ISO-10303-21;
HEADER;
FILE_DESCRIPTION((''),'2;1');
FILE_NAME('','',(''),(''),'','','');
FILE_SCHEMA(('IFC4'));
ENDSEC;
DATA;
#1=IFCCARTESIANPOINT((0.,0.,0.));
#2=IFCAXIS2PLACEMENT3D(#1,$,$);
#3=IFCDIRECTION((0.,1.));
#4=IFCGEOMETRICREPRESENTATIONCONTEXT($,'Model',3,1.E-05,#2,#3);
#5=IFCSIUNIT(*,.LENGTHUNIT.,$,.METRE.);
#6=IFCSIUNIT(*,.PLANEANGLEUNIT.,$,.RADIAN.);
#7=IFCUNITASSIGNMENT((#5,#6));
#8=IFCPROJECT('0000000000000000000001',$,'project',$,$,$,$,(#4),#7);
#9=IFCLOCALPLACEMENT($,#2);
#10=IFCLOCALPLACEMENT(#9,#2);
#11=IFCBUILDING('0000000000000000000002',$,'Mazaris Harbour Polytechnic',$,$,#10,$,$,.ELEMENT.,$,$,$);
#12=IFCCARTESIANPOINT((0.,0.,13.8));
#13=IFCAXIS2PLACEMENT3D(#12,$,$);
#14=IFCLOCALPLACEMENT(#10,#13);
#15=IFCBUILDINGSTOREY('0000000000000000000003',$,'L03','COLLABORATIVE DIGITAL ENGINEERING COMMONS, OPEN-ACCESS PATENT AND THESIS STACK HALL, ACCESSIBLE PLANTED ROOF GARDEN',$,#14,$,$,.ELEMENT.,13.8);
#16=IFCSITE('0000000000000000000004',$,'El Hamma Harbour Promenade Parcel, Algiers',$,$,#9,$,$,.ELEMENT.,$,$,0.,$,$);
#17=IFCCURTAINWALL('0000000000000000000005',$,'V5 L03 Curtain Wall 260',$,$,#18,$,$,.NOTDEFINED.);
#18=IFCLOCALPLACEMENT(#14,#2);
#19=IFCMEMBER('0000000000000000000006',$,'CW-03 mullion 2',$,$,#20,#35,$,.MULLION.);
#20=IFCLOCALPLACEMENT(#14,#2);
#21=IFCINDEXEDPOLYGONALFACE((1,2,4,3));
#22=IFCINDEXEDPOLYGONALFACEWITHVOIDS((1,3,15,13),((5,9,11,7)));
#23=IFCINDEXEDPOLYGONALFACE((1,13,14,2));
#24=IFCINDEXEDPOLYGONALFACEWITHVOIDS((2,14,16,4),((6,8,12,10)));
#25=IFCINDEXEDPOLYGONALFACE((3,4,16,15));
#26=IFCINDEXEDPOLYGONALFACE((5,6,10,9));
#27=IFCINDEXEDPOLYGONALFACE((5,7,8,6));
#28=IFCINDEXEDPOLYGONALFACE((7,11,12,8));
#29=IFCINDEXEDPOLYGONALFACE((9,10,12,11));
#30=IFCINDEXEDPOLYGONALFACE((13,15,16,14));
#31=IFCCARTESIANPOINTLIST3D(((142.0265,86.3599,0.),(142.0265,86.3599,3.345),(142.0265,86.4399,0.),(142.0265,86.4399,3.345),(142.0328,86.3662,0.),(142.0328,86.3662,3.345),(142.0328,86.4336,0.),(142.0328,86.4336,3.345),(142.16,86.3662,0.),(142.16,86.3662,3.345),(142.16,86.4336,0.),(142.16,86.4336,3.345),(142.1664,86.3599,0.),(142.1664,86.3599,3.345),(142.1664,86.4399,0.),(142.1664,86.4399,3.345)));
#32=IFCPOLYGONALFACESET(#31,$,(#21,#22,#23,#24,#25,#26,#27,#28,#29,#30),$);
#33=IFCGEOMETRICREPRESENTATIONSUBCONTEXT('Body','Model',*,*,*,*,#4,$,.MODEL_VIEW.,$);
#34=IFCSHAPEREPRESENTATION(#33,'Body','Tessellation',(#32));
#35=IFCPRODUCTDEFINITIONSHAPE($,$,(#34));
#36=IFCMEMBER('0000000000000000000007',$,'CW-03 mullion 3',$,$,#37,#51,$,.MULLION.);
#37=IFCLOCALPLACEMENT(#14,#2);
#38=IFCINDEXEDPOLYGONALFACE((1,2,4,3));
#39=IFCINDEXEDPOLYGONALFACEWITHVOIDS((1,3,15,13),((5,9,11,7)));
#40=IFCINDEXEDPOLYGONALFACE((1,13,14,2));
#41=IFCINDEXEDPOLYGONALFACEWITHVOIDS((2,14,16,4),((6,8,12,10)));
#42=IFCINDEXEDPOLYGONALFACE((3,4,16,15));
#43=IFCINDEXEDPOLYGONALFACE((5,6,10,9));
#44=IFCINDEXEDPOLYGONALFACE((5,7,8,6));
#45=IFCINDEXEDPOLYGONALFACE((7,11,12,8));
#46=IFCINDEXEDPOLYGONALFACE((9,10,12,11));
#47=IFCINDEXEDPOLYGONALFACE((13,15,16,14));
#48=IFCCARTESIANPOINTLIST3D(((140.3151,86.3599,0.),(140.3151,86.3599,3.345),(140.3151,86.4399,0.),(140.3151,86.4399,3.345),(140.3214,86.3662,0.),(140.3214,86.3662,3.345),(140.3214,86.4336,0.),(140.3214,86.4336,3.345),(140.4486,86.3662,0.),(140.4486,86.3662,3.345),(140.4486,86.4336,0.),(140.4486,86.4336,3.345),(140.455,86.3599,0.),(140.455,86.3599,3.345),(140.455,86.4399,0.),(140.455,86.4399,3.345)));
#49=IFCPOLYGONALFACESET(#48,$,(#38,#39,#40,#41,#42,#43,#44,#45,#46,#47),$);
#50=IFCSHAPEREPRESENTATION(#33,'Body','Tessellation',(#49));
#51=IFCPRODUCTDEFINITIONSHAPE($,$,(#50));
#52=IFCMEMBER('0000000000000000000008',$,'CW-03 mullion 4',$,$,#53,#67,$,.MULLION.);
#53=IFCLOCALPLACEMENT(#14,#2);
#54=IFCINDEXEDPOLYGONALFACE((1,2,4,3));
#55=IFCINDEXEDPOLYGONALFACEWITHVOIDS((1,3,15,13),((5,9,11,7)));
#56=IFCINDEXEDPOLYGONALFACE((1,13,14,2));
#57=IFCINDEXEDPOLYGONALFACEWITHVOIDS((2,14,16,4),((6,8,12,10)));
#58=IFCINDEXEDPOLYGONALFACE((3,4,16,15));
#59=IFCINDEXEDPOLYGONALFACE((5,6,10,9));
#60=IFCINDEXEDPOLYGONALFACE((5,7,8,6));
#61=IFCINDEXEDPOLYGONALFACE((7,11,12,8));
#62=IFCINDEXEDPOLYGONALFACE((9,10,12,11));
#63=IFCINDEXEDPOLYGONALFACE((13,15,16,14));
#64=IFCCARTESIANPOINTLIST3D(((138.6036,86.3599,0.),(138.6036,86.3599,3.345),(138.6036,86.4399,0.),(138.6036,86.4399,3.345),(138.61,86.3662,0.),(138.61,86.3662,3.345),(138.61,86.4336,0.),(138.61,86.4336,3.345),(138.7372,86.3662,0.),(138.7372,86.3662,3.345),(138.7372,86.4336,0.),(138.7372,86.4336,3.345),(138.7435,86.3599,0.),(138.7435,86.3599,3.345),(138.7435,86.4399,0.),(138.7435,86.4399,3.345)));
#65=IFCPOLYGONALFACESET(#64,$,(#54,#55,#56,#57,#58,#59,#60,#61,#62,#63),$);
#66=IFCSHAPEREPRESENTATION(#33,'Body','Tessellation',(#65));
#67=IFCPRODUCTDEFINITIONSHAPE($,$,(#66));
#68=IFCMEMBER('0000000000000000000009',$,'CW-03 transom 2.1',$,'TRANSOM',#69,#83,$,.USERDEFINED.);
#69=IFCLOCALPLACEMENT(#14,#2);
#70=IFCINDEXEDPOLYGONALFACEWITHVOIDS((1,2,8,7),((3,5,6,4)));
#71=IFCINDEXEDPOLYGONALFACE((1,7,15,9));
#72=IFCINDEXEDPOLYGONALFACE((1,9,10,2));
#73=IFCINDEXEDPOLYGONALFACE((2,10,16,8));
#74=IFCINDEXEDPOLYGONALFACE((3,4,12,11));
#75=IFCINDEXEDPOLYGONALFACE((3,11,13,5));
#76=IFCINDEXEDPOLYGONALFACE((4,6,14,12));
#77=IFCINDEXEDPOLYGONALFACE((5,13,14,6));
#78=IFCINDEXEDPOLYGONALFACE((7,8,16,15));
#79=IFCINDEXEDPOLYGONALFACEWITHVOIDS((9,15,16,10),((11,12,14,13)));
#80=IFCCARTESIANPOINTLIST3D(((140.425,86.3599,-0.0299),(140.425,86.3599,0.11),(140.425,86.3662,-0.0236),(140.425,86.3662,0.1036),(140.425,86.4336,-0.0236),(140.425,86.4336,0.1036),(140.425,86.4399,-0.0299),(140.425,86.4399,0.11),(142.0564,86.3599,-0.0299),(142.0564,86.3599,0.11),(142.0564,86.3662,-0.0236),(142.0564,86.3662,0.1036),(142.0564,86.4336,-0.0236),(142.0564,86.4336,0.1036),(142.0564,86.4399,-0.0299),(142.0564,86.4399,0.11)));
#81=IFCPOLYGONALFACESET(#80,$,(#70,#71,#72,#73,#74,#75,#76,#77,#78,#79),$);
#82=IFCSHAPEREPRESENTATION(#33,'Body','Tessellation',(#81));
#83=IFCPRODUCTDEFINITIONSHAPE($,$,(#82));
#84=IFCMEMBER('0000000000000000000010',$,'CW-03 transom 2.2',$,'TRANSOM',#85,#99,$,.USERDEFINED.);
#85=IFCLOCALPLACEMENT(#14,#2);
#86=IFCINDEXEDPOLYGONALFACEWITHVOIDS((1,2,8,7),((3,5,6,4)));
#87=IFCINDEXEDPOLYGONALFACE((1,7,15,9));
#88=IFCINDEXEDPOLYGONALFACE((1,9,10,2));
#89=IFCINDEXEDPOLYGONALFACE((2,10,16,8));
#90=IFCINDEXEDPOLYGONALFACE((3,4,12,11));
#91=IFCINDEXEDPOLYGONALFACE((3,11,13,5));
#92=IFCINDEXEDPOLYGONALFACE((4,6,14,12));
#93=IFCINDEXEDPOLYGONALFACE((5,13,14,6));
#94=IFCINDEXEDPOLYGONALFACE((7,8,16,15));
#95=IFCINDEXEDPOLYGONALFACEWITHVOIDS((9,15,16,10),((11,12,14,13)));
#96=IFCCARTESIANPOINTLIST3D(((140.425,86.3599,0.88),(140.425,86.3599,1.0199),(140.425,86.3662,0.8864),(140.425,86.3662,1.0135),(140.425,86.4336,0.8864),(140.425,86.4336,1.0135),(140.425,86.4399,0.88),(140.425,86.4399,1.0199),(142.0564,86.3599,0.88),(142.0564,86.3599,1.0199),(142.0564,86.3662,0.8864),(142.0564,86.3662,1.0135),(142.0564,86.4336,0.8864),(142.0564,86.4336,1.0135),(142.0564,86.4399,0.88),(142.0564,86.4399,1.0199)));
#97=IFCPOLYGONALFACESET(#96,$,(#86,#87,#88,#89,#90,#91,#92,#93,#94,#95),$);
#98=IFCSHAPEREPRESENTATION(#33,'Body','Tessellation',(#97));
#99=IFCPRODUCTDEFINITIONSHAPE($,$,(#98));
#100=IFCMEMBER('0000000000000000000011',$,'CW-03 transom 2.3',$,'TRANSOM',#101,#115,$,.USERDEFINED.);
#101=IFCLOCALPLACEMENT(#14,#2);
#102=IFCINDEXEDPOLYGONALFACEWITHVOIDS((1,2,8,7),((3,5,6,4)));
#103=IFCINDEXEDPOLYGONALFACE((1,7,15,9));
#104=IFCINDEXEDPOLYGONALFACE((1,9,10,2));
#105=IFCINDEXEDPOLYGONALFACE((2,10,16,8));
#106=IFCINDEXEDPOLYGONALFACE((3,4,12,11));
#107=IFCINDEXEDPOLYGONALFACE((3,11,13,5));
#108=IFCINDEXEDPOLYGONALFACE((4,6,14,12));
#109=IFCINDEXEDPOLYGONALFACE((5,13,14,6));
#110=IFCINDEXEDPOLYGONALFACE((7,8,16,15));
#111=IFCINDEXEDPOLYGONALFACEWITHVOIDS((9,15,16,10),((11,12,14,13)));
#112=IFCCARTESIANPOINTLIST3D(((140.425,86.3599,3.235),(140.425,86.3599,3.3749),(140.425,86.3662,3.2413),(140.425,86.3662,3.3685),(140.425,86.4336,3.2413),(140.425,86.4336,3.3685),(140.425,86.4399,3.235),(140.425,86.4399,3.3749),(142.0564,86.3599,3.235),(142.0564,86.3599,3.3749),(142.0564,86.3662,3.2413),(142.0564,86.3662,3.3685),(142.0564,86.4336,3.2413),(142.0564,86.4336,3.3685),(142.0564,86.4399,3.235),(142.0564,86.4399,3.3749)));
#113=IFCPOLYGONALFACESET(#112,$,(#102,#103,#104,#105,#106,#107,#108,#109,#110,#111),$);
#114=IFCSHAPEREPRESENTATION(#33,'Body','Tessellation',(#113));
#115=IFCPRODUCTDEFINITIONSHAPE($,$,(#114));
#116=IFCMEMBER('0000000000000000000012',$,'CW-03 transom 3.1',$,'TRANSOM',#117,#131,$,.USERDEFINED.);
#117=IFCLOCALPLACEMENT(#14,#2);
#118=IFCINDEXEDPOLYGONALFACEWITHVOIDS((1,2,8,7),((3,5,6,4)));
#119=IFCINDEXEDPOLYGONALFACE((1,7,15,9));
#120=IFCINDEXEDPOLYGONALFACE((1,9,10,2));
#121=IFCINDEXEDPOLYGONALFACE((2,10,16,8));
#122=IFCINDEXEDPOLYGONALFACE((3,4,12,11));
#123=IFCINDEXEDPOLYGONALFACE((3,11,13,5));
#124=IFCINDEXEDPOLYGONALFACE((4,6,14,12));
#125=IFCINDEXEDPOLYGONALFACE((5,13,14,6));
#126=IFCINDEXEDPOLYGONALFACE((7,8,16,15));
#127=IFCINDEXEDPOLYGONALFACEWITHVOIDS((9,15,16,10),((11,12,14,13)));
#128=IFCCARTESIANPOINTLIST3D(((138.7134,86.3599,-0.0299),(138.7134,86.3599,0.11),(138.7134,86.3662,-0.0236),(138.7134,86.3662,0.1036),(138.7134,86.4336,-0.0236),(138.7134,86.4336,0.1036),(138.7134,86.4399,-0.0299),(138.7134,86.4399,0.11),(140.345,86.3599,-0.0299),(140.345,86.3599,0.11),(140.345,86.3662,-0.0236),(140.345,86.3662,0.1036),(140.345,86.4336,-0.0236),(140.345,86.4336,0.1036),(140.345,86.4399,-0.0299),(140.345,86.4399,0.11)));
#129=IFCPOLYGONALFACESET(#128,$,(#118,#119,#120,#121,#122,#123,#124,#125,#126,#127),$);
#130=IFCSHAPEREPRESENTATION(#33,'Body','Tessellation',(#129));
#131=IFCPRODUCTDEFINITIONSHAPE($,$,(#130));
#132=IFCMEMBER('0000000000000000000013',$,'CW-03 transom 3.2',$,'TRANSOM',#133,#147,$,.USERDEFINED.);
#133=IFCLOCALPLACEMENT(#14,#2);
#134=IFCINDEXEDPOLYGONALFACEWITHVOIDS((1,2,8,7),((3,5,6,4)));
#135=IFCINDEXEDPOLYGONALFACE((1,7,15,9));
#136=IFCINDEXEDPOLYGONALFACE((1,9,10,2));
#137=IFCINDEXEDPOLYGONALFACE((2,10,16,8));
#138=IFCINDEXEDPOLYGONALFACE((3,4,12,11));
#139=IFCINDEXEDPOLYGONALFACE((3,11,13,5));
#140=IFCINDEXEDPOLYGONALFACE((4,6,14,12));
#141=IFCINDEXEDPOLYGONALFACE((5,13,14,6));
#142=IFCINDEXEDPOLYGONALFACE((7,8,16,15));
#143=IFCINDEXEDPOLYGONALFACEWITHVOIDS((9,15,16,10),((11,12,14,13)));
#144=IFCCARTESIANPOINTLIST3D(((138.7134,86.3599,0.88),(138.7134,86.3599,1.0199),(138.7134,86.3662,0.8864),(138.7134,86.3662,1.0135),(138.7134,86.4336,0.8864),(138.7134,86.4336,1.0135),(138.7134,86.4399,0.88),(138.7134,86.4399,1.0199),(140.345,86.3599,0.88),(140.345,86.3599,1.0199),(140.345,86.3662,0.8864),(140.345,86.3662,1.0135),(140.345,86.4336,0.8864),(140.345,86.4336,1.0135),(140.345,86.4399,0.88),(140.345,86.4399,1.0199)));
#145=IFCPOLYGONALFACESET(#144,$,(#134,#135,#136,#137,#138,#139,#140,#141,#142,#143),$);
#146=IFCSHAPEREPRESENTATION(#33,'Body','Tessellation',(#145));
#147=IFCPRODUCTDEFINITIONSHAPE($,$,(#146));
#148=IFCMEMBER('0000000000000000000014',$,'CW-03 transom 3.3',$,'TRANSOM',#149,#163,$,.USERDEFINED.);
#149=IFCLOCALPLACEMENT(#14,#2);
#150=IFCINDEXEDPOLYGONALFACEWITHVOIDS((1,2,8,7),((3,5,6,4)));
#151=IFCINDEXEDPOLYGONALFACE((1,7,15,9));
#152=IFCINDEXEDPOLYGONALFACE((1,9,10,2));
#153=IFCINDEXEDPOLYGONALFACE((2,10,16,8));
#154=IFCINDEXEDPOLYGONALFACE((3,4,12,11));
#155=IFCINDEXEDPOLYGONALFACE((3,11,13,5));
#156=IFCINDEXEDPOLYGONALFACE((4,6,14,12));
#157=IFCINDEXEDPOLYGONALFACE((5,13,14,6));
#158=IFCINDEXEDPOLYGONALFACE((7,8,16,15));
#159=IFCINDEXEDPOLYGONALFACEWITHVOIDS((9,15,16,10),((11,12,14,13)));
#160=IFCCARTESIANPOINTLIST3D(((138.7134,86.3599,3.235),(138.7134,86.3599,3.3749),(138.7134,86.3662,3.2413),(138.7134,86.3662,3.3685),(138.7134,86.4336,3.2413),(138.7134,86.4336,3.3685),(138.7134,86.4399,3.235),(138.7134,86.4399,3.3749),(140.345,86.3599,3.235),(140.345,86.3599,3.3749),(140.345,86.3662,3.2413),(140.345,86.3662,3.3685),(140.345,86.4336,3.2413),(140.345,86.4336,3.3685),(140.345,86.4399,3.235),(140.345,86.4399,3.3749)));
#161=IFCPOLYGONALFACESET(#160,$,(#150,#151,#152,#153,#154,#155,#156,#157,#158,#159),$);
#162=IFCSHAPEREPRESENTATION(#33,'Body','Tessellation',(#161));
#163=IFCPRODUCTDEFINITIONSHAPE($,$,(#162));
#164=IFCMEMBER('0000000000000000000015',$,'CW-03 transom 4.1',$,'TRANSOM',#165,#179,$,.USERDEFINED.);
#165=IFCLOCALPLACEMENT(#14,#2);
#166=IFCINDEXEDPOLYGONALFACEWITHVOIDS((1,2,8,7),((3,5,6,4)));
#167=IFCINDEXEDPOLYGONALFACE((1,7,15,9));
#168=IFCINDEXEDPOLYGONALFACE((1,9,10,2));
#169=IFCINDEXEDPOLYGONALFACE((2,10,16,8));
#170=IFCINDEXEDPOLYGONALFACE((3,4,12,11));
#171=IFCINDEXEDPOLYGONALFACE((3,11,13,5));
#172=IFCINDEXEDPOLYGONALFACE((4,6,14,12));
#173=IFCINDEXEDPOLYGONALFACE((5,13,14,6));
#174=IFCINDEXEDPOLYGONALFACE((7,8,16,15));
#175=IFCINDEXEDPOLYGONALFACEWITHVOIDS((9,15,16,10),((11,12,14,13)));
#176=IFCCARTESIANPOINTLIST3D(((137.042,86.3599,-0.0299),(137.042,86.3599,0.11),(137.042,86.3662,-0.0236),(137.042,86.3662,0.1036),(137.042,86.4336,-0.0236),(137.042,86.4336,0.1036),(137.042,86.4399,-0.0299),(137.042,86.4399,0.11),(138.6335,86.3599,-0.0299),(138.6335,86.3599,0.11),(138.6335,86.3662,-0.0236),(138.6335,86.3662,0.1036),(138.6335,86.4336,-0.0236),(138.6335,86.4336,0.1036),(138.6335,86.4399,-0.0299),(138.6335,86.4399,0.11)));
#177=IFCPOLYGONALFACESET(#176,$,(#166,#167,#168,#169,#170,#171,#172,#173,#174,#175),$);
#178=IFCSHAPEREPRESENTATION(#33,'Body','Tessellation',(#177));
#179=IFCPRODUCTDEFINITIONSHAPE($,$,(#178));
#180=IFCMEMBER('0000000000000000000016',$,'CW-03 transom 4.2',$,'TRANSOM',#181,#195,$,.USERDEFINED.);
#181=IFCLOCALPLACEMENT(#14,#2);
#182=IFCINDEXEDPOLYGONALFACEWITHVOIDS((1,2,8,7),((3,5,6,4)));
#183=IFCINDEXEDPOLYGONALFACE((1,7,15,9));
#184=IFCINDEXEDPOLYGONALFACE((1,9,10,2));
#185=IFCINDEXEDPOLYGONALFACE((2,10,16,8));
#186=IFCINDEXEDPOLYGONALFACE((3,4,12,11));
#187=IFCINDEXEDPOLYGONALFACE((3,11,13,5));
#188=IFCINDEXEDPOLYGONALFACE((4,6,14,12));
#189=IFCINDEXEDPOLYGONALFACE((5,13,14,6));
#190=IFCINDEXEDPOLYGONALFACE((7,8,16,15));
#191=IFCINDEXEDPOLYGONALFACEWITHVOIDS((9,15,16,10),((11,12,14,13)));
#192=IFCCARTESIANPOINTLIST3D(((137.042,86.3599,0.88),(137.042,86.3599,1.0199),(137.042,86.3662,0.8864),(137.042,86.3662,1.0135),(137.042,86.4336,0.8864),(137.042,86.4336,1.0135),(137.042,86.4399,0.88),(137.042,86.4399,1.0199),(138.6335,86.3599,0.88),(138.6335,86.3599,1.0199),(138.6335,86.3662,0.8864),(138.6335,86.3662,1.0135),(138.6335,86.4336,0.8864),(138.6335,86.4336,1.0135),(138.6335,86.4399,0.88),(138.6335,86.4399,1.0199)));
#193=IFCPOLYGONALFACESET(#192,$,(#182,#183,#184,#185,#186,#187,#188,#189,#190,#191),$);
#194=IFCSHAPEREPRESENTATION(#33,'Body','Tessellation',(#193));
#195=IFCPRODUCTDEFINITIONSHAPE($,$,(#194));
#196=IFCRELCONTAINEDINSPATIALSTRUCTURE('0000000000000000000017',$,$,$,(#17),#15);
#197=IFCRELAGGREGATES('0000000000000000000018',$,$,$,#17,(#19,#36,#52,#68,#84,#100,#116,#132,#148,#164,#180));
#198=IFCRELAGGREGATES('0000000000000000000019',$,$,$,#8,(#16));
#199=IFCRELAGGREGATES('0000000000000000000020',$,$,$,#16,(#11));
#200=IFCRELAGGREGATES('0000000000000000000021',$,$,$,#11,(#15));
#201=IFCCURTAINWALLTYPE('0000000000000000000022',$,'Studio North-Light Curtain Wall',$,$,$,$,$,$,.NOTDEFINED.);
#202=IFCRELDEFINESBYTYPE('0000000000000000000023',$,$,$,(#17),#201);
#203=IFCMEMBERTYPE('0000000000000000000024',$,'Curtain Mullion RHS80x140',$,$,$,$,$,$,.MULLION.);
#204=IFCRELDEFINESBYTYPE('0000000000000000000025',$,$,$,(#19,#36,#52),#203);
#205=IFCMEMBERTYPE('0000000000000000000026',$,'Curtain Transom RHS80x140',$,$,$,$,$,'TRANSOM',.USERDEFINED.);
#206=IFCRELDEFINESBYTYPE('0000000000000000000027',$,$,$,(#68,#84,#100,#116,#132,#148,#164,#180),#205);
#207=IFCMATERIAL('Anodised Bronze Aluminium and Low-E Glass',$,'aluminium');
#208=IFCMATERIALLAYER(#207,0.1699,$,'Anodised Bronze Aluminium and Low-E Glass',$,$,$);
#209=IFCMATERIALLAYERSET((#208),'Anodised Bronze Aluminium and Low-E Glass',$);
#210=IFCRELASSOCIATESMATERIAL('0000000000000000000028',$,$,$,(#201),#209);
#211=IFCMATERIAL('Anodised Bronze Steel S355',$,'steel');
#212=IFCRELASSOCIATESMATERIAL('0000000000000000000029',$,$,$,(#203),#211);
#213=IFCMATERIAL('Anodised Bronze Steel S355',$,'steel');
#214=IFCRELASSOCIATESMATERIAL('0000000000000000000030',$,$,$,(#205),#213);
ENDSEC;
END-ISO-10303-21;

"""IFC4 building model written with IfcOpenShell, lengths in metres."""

from ifc_helpers import new_model, si_unit, direction, frame, origin, origin_2d, place, context, subcontext, project, spatial, hollow_rectangle, extrude, material, layer, layer_set, material_profile, profile_set, type_object, element, aggregate, save


model = new_model("IFC4")

# Units and contexts
model_context = context("Model", 3, precision=1e-05, world=origin(), true_north=direction((0.0, 1.0)))
body_context = subcontext(model_context, "Body", "Model", "MODEL_VIEW")
ifc_project = project(units=[si_unit("LENGTHUNIT", "METRE"), si_unit("PLANEANGLEUNIT", "RADIAN")], contexts=[model_context])

# Site, building, storey
site_placement = place(None, origin())
site = spatial("IfcSite", under=ifc_project, at=site_placement, Name="El Hamma Harbour Promenade Parcel, Algiers", CompositionType="ELEMENT", RefElevation=0.0)
building_placement = place(site_placement, origin())
building = spatial("IfcBuilding", under=site, at=building_placement, Name="Mazaris Harbour Polytechnic", CompositionType="ELEMENT")
storey_placement = place(building_placement, frame((0.0, 0.0, 13.8)))
storey = spatial("IfcBuildingStorey", under=building, at=storey_placement, Name="L03", Description="COLLABORATIVE DIGITAL ENGINEERING COMMONS, OPEN-ACCESS PATENT AND THESIS STACK HALL, ACCESSIBLE PLANTED ROOF GARDEN", CompositionType="ELEMENT", Elevation=13.8)

# Curtain wall, members
ifc_material_1 = material(Name="Anodised Bronze Aluminium and Low-E Glass", Category="aluminium")
ifc_layer_1 = layer(ifc_material_1, 0.1699, Name="Anodised Bronze Aluminium and Low-E Glass")
ifc_layer_set_1 = layer_set([ifc_layer_1], Name="Anodised Bronze Aluminium and Low-E Glass")
curtain_wall_type = type_object("IfcCurtainWallType", Name="Studio North-Light Curtain Wall", PredefinedType="NOTDEFINED", material=ifc_layer_set_1)
curtain_wall_placement = place(storey_placement, origin())
curtain_wall = element("IfcCurtainWall", 1, at=curtain_wall_placement, inside=storey, type_object=curtain_wall_type, Name="V5 L03 Curtain Wall 260", PredefinedType="NOTDEFINED")
ifc_material_2 = material(Name="Anodised Bronze Steel S355", Category="steel")
ifc_material_profile_1 = material_profile(ifc_material_2, hollow_rectangle(XDim=0.0801, YDim=0.1399, WallThickness=0.0063, at=origin_2d()), Name="RHS 80x140x6.3")
ifc_profile_set_1 = profile_set([ifc_material_profile_1], Name="Anodised Bronze Steel S355")
member_type_1 = type_object("IfcMemberType", Name="Curtain Mullion RHS80x140", PredefinedType="MULLION", material=ifc_profile_set_1)
member_1_placement = place(storey_placement, frame((142.0964, 86.3999, 0.0), z_axis=(0.0, 0.0, 1.0), x_axis=(0.0, -1.0, 0.0)))
member_1 = element("IfcMember", 2, at=member_1_placement, type_object=member_type_1, Name="CW-03 mullion 2", PredefinedType="MULLION", context=body_context, shape_type="SweptSolid", body=[
    extrude(hollow_rectangle(XDim=0.0801, YDim=0.1399, WallThickness=0.0063, at=origin_2d()), origin(), (0.0, 0.0, 1.0), 3.345),
])
member_2_placement = place(storey_placement, frame((140.385, 86.3999, 0.0), z_axis=(0.0, 0.0, 1.0), x_axis=(0.0, -1.0, 0.0)))
member_2 = element("IfcMember", 3, at=member_2_placement, type_object=member_type_1, Name="CW-03 mullion 3", PredefinedType="MULLION", context=body_context, shape_type="SweptSolid", body=[
    extrude(hollow_rectangle(XDim=0.0801, YDim=0.1399, WallThickness=0.0063, at=origin_2d()), origin(), (0.0, 0.0, 1.0), 3.345),
])
member_3_placement = place(storey_placement, frame((138.6736, 86.3999, 0.0), z_axis=(0.0, 0.0, 1.0), x_axis=(0.0, -1.0, 0.0)))
member_3 = element("IfcMember", 4, at=member_3_placement, type_object=member_type_1, Name="CW-03 mullion 4", PredefinedType="MULLION", context=body_context, shape_type="SweptSolid", body=[
    extrude(hollow_rectangle(XDim=0.0801, YDim=0.1399, WallThickness=0.0063, at=origin_2d()), origin(), (0.0, 0.0, 1.0), 3.345),
])
ifc_material_3 = material(Name="Anodised Bronze Steel S355", Category="steel")
ifc_material_profile_2 = material_profile(ifc_material_3, hollow_rectangle(XDim=0.0801, YDim=0.1399, WallThickness=0.0063, at=origin_2d()), Name="RHS 80x140x6.3")
ifc_profile_set_2 = profile_set([ifc_material_profile_2], Name="Anodised Bronze Steel S355")
member_type_2 = type_object("IfcMemberType", Name="Curtain Transom RHS80x140", ElementType="TRANSOM", PredefinedType="USERDEFINED", material=ifc_profile_set_2)
member_4_placement = place(storey_placement, frame((142.0564, 86.3999, 0.04), z_axis=(-1.0, 0.0, 0.0), x_axis=(0.0, -1.0, 0.0)))
member_4 = element("IfcMember", 5, at=member_4_placement, type_object=member_type_2, Name="CW-03 transom 2.1", ObjectType="TRANSOM", PredefinedType="USERDEFINED", context=body_context, shape_type="SweptSolid", body=[
    extrude(hollow_rectangle(XDim=0.0801, YDim=0.1399, WallThickness=0.0063, at=origin_2d()), origin(), (0.0, 0.0, 1.0), 1.6313),
])
member_5_placement = place(storey_placement, frame((142.0564, 86.3999, 0.95), z_axis=(-1.0, 0.0, 0.0), x_axis=(0.0, -1.0, 0.0)))
member_5 = element("IfcMember", 6, at=member_5_placement, type_object=member_type_2, Name="CW-03 transom 2.2", ObjectType="TRANSOM", PredefinedType="USERDEFINED", context=body_context, shape_type="SweptSolid", body=[
    extrude(hollow_rectangle(XDim=0.0801, YDim=0.1399, WallThickness=0.0063, at=origin_2d()), origin(), (0.0, 0.0, 1.0), 1.6313),
])
member_6_placement = place(storey_placement, frame((142.0564, 86.3999, 3.3049), z_axis=(-1.0, 0.0, 0.0), x_axis=(0.0, -1.0, 0.0)))
member_6 = element("IfcMember", 7, at=member_6_placement, type_object=member_type_2, Name="CW-03 transom 2.3", ObjectType="TRANSOM", PredefinedType="USERDEFINED", context=body_context, shape_type="SweptSolid", body=[
    extrude(hollow_rectangle(XDim=0.0801, YDim=0.1399, WallThickness=0.0063, at=origin_2d()), origin(), (0.0, 0.0, 1.0), 1.6313),
])
member_7_placement = place(storey_placement, frame((140.345, 86.3999, 0.04), z_axis=(-1.0, 0.0, 0.0), x_axis=(0.0, -1.0, 0.0)))
member_7 = element("IfcMember", 8, at=member_7_placement, type_object=member_type_2, Name="CW-03 transom 3.1", ObjectType="TRANSOM", PredefinedType="USERDEFINED", context=body_context, shape_type="SweptSolid", body=[
    extrude(hollow_rectangle(XDim=0.0801, YDim=0.1399, WallThickness=0.0063, at=origin_2d()), origin(), (0.0, 0.0, 1.0), 1.6316),
])
member_8_placement = place(storey_placement, frame((140.345, 86.3999, 0.95), z_axis=(-1.0, 0.0, 0.0), x_axis=(0.0, -1.0, 0.0)))
member_8 = element("IfcMember", 9, at=member_8_placement, type_object=member_type_2, Name="CW-03 transom 3.2", ObjectType="TRANSOM", PredefinedType="USERDEFINED", context=body_context, shape_type="SweptSolid", body=[
    extrude(hollow_rectangle(XDim=0.0801, YDim=0.1399, WallThickness=0.0063, at=origin_2d()), origin(), (0.0, 0.0, 1.0), 1.6316),
])
member_9_placement = place(storey_placement, frame((140.345, 86.3999, 3.3049), z_axis=(-1.0, 0.0, 0.0), x_axis=(0.0, -1.0, 0.0)))
member_9 = element("IfcMember", 10, at=member_9_placement, type_object=member_type_2, Name="CW-03 transom 3.3", ObjectType="TRANSOM", PredefinedType="USERDEFINED", context=body_context, shape_type="SweptSolid", body=[
    extrude(hollow_rectangle(XDim=0.0801, YDim=0.1399, WallThickness=0.0063, at=origin_2d()), origin(), (0.0, 0.0, 1.0), 1.6316),
])
member_10_placement = place(storey_placement, frame((138.6335, 86.3999, 0.04), z_axis=(-1.0, 0.0, 0.0), x_axis=(0.0, -1.0, 0.0)))
member_10 = element("IfcMember", 11, at=member_10_placement, type_object=member_type_2, Name="CW-03 transom 4.1", ObjectType="TRANSOM", PredefinedType="USERDEFINED", context=body_context, shape_type="SweptSolid", body=[
    extrude(hollow_rectangle(XDim=0.0801, YDim=0.1399, WallThickness=0.0063, at=origin_2d()), origin(), (0.0, 0.0, 1.0), 1.5916),
])
member_11_placement = place(storey_placement, frame((138.6335, 86.3999, 0.95), z_axis=(-1.0, 0.0, 0.0), x_axis=(0.0, -1.0, 0.0)))
member_11 = element("IfcMember", 12, at=member_11_placement, type_object=member_type_2, Name="CW-03 transom 4.2", ObjectType="TRANSOM", PredefinedType="USERDEFINED", context=body_context, shape_type="SweptSolid", body=[
    extrude(hollow_rectangle(XDim=0.0801, YDim=0.1399, WallThickness=0.0063, at=origin_2d()), origin(), (0.0, 0.0, 1.0), 1.5916),
])
aggregate(curtain_wall, [member_1, member_2, member_3, member_4, member_5, member_6, member_7, member_8, member_9, member_10, member_11])

save(model, "model.ifc")
